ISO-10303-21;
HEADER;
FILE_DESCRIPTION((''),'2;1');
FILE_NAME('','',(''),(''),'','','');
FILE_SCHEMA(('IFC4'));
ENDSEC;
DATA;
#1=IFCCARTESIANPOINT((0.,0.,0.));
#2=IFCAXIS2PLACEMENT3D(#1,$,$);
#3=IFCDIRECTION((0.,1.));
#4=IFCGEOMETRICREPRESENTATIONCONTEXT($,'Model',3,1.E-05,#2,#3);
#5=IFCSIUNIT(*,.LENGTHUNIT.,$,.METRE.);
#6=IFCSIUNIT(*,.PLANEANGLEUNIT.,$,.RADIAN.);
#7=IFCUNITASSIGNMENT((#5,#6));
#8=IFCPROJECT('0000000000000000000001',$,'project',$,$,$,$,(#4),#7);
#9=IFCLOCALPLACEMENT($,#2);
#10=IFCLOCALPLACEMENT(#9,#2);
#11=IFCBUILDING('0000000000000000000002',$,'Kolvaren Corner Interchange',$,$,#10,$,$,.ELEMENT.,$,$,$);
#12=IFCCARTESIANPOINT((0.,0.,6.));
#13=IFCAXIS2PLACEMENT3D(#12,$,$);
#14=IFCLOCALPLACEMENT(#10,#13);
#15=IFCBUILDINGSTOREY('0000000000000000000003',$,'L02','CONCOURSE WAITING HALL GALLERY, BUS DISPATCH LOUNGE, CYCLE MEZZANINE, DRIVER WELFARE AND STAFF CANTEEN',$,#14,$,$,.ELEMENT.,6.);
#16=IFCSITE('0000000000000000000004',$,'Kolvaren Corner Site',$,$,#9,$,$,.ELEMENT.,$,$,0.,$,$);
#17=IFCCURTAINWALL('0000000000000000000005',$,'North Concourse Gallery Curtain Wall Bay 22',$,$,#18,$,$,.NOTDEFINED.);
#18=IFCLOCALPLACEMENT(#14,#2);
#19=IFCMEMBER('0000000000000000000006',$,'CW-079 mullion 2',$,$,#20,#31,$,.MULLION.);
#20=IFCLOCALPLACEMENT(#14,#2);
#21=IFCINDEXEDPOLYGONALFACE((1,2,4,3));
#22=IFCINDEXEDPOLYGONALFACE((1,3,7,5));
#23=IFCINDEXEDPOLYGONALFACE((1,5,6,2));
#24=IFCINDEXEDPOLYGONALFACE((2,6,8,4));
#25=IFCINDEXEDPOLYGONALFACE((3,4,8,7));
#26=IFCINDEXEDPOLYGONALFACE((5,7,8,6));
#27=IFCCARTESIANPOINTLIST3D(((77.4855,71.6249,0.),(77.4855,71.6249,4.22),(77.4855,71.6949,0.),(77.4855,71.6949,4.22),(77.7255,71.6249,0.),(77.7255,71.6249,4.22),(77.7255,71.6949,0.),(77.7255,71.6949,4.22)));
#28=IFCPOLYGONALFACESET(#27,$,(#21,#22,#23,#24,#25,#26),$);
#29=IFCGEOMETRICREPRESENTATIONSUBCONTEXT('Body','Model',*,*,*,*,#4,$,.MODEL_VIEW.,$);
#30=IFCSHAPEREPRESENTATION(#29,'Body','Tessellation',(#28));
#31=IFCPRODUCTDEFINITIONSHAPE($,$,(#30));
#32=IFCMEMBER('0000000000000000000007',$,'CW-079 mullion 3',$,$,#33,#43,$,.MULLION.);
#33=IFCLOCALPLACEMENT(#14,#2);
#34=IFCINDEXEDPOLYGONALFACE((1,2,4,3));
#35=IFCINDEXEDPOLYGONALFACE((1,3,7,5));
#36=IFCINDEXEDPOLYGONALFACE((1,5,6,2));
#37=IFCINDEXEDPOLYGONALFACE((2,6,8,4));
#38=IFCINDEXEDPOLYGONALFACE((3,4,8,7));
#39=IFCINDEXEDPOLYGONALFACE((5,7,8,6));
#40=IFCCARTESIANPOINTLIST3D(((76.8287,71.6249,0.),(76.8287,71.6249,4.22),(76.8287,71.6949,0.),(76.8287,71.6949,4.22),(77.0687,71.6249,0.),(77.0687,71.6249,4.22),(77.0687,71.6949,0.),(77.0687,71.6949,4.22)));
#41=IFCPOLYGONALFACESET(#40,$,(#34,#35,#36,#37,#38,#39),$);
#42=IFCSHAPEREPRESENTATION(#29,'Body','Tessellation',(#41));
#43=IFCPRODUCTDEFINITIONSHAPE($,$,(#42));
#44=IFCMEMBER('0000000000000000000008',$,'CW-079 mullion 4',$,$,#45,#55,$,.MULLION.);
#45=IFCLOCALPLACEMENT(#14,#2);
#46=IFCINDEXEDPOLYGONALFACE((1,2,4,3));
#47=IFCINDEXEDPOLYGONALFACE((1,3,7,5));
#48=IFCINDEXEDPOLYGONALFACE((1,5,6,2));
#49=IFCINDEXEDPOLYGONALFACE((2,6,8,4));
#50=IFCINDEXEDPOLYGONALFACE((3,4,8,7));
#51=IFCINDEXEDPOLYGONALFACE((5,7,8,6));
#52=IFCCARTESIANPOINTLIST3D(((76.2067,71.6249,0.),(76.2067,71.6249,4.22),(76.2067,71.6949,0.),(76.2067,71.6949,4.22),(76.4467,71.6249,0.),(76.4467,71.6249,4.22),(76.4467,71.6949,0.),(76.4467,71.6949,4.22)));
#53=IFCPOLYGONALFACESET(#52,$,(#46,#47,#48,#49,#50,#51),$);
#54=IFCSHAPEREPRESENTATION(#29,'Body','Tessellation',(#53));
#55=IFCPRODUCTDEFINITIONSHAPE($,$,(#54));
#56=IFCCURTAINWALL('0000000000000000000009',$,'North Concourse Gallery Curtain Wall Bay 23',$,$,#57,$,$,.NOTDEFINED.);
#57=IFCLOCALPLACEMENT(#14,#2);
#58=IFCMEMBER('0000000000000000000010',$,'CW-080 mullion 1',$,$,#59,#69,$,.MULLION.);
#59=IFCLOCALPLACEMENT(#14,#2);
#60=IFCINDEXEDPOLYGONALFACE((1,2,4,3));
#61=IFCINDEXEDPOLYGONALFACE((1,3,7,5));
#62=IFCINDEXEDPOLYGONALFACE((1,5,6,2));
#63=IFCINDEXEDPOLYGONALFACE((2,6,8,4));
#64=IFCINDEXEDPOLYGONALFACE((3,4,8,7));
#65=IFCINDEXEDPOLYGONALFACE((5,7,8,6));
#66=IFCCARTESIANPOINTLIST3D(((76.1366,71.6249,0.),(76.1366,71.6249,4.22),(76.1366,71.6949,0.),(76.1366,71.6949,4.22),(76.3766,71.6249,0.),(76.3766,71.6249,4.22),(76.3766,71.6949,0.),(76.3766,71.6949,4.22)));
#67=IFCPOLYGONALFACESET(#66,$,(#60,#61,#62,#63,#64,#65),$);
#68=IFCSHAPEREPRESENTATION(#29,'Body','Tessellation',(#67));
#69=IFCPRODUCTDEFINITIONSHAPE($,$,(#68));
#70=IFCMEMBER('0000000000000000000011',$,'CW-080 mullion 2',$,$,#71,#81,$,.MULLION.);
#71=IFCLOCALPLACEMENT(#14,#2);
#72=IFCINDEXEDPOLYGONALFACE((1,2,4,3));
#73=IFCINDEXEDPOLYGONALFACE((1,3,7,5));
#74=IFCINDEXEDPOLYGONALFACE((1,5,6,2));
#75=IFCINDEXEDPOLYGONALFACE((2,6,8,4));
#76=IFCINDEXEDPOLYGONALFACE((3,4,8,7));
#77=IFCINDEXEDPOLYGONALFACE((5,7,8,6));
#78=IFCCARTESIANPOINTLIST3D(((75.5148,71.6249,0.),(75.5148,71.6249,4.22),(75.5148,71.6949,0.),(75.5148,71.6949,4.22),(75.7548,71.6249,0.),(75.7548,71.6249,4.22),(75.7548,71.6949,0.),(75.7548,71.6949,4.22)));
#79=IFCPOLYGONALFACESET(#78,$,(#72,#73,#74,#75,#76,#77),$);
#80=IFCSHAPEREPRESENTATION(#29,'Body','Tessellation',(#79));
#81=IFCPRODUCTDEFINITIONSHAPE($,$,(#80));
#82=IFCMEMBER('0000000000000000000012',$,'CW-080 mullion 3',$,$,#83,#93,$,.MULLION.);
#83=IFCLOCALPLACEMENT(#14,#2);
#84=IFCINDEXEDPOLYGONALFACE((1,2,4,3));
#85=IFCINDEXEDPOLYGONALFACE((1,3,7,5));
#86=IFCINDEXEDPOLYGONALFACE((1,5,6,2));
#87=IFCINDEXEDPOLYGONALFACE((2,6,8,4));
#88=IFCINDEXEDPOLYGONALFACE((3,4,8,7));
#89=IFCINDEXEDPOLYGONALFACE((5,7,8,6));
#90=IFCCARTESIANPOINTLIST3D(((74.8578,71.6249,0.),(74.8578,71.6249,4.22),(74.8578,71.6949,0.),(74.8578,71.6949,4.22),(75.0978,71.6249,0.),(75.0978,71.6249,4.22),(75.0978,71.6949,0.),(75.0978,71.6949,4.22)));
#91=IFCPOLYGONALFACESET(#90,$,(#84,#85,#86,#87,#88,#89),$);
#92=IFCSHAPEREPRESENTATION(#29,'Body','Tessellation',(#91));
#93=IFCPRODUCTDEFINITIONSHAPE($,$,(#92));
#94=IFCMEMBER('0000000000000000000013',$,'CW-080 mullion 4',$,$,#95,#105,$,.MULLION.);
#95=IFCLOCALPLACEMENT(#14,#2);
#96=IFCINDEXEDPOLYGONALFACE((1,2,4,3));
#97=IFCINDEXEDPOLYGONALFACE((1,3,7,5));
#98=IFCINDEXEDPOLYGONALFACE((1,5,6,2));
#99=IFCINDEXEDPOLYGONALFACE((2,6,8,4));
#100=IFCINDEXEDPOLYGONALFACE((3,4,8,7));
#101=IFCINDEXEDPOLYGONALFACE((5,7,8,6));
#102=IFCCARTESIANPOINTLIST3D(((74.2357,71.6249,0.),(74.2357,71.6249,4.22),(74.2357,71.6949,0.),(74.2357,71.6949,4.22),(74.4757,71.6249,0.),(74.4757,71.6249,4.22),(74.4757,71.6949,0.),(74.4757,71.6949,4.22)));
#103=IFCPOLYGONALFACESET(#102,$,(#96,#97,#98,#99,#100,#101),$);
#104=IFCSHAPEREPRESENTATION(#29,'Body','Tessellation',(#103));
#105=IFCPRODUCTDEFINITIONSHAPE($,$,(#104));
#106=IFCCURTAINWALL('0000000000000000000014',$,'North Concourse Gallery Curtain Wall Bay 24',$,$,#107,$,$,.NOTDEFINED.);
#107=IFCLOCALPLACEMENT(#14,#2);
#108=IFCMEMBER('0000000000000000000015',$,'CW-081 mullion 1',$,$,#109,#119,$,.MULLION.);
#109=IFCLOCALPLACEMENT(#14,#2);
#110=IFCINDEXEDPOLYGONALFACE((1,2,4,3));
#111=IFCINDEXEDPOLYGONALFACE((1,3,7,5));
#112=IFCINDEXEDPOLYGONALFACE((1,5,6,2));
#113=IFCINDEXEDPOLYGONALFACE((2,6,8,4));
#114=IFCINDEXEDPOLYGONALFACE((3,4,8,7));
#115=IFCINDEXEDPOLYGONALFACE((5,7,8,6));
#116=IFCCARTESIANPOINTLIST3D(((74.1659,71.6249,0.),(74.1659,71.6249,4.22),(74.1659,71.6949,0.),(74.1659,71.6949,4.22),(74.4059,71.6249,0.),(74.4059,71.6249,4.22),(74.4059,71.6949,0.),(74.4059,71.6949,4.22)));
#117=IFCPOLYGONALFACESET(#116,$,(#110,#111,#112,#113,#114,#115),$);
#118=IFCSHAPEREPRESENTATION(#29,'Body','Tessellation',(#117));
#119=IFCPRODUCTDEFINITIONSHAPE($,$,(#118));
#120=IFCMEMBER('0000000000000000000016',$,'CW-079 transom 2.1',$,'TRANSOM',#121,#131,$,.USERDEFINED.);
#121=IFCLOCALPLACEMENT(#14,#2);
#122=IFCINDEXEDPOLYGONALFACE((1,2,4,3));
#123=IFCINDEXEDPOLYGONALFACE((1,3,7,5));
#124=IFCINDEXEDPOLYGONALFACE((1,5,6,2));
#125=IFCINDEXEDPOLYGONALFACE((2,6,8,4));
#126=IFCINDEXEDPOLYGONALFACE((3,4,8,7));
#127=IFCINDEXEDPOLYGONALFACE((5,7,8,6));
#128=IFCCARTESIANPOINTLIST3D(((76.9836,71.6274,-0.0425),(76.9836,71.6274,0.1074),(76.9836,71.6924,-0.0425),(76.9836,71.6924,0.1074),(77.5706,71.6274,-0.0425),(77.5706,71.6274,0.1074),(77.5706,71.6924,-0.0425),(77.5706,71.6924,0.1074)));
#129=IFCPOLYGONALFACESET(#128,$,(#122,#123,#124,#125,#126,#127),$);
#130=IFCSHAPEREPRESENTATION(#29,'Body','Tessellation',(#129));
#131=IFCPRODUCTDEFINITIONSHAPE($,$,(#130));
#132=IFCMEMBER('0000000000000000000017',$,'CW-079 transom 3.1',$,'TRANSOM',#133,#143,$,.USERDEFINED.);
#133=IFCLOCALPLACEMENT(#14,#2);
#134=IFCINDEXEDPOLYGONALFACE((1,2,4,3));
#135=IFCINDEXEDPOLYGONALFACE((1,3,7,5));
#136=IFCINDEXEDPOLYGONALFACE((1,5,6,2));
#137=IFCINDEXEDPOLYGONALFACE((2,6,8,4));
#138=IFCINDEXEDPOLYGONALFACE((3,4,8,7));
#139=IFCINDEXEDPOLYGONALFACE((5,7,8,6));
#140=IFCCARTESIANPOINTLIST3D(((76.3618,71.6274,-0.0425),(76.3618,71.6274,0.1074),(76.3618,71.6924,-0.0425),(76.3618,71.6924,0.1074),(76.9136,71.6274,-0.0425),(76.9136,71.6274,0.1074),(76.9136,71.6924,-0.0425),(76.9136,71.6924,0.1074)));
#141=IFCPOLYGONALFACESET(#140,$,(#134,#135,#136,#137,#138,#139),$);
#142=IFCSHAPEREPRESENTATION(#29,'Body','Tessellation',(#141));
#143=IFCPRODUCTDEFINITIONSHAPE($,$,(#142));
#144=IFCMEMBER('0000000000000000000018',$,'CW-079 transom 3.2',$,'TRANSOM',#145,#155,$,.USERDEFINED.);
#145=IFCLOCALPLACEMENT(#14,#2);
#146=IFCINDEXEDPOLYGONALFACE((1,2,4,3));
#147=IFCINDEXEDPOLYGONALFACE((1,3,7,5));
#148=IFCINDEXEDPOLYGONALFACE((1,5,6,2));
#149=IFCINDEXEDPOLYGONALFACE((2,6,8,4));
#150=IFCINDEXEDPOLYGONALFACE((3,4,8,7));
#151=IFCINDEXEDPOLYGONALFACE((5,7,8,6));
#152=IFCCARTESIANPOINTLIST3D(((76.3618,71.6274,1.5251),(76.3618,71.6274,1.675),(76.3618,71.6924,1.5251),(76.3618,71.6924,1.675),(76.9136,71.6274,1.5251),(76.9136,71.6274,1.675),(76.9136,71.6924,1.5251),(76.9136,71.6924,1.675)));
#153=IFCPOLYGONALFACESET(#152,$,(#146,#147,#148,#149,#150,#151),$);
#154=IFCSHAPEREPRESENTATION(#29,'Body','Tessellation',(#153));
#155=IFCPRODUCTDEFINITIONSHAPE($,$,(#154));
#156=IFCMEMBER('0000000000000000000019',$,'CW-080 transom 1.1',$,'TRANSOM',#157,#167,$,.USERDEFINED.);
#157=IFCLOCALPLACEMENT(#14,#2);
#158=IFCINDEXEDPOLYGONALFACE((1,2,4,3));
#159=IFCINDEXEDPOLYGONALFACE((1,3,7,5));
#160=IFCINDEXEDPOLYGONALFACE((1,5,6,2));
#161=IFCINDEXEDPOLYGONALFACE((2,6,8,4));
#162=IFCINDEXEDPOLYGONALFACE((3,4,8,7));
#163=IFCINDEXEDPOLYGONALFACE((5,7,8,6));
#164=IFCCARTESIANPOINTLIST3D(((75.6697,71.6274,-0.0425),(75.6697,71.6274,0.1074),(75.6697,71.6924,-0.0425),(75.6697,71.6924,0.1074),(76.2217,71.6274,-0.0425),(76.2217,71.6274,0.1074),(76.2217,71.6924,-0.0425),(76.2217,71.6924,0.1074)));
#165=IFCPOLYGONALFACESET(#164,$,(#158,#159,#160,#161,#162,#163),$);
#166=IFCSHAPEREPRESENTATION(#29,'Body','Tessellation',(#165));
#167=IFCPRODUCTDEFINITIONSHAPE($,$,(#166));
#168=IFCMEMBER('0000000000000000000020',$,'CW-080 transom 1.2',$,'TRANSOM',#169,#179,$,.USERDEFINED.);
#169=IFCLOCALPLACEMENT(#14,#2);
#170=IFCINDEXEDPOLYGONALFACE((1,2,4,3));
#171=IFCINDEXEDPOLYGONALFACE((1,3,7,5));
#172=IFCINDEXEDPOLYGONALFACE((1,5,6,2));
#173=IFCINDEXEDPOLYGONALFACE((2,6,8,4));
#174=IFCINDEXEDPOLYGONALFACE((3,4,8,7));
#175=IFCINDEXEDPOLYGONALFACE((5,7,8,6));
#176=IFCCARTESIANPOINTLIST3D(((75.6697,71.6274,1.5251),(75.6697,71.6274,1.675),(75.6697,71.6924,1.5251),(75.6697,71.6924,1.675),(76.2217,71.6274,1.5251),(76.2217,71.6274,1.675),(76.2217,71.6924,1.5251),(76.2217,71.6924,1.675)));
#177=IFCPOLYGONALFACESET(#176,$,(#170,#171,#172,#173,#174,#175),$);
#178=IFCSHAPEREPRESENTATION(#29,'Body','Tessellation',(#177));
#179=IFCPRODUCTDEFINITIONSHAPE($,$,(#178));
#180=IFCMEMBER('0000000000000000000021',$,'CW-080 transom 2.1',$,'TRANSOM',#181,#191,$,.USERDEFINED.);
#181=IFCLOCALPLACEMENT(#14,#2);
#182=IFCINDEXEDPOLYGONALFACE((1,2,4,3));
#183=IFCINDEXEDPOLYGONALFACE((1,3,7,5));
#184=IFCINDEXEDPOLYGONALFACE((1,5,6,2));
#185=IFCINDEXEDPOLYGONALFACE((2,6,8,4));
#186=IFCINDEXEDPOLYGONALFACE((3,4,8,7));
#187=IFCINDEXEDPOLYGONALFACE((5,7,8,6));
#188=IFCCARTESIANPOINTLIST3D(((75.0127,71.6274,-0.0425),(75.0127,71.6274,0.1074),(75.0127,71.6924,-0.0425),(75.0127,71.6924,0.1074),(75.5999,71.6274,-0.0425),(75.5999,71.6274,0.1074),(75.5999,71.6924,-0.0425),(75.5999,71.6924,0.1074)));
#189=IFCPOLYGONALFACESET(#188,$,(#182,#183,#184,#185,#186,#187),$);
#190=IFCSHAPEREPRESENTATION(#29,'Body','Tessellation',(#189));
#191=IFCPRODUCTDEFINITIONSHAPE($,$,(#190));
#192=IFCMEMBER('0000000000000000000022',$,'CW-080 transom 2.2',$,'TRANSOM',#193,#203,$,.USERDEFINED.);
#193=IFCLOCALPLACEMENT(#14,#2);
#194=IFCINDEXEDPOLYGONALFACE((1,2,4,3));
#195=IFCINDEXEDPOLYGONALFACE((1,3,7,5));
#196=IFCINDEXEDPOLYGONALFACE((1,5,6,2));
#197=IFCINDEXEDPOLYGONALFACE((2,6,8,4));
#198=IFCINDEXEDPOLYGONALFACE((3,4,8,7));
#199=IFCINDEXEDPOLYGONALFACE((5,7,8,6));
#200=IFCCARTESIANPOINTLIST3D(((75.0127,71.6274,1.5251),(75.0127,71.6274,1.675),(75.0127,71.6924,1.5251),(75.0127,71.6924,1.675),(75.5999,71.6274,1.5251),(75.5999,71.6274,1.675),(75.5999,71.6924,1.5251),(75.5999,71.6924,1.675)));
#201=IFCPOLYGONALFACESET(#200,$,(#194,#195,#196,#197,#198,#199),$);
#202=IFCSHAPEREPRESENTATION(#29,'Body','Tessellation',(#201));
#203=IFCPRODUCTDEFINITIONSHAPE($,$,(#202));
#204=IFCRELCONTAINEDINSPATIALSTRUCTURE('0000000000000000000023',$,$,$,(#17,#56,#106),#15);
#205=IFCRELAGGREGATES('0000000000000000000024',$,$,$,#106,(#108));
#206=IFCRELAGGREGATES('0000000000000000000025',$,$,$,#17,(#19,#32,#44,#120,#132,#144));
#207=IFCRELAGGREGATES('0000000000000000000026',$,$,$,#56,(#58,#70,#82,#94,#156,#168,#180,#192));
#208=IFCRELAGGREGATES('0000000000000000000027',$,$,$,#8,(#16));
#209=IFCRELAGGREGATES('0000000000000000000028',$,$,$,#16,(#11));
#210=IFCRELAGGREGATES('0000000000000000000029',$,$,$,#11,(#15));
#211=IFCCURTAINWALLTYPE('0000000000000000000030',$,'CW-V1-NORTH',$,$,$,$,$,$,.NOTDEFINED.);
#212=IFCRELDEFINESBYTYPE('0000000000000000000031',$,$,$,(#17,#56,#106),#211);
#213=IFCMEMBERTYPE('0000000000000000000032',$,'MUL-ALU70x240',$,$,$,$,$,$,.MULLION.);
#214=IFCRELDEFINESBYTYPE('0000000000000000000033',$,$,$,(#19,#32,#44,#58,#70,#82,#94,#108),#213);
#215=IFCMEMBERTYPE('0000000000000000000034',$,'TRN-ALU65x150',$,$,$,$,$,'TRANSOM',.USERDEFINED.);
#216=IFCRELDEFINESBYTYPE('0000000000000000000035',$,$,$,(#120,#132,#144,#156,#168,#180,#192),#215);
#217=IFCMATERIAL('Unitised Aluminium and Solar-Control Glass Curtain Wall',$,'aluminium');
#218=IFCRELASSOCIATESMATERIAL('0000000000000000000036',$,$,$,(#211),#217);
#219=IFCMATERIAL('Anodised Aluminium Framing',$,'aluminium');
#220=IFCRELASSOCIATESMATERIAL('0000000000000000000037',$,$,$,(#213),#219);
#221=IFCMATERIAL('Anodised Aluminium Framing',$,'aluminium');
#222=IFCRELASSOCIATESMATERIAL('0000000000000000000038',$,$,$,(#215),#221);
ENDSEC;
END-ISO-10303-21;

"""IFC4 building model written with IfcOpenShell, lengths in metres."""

from ifc_helpers import new_model, si_unit, direction, frame, origin, origin_2d, place, context, subcontext, project, spatial, rectangle, extrude, material, material_profile, profile_set, type_object, element, aggregate, save


model = new_model("IFC4")

# Units and contexts
model_context = context("Model", 3, precision=1e-05, world=origin(), true_north=direction((0.0, 1.0)))
body_context = subcontext(model_context, "Body", "Model", "MODEL_VIEW")
ifc_project = project(units=[si_unit("LENGTHUNIT", "METRE"), si_unit("PLANEANGLEUNIT", "RADIAN")], contexts=[model_context])

# Site, building, storey
site_placement = place(None, origin())
site = spatial("IfcSite", under=ifc_project, at=site_placement, Name="Kolvaren Corner Site", CompositionType="ELEMENT", RefElevation=0.0)
building_placement = place(site_placement, origin())
building = spatial("IfcBuilding", under=site, at=building_placement, Name="Kolvaren Corner Interchange", CompositionType="ELEMENT")
storey_placement = place(building_placement, frame((0.0, 0.0, 6.0)))
storey = spatial("IfcBuildingStorey", under=building, at=storey_placement, Name="L02", Description="CONCOURSE WAITING HALL GALLERY, BUS DISPATCH LOUNGE, CYCLE MEZZANINE, DRIVER WELFARE AND STAFF CANTEEN", CompositionType="ELEMENT", Elevation=6.0)

# Curtain walls, members
ifc_material_1 = material(Name="Unitised Aluminium and Solar-Control Glass Curtain Wall", Category="aluminium")
curtain_wall_type = type_object("IfcCurtainWallType", Name="CW-V1-NORTH", PredefinedType="NOTDEFINED", material=ifc_material_1)
curtain_wall_1_placement = place(storey_placement, origin())
curtain_wall_1 = element("IfcCurtainWall", 1, at=curtain_wall_1_placement, inside=storey, type_object=curtain_wall_type, Name="North Concourse Gallery Curtain Wall Bay 22", PredefinedType="NOTDEFINED")
ifc_material_2 = material(Name="Anodised Aluminium Framing", Category="aluminium")
ifc_material_profile_1 = material_profile(ifc_material_2, rectangle(XDim=0.0701, YDim=0.24, at=origin_2d()), Name="ALU 70x240")
ifc_profile_set_1 = profile_set([ifc_material_profile_1], Name="Anodised Aluminium Framing")
member_type_1 = type_object("IfcMemberType", Name="MUL-ALU70x240", PredefinedType="MULLION", material=ifc_profile_set_1)
member_1_placement = place(storey_placement, frame((77.6055, 71.6599, 0.0), z_axis=(0.0, 0.0, 1.0), x_axis=(0.0, -1.0, 0.0)))
member_1 = element("IfcMember", 2, at=member_1_placement, type_object=member_type_1, Name="CW-079 mullion 2", PredefinedType="MULLION", context=body_context, shape_type="SweptSolid", body=[
    extrude(rectangle(XDim=0.0701, YDim=0.24, at=origin_2d()), origin(), (0.0, 0.0, 1.0), 4.22),
])
member_2_placement = place(storey_placement, frame((76.9487, 71.6599, 0.0), z_axis=(0.0, 0.0, 1.0), x_axis=(0.0, -1.0, 0.0)))
member_2 = element("IfcMember", 3, at=member_2_placement, type_object=member_type_1, Name="CW-079 mullion 3", PredefinedType="MULLION", context=body_context, shape_type="SweptSolid", body=[
    extrude(rectangle(XDim=0.0701, YDim=0.24, at=origin_2d()), origin(), (0.0, 0.0, 1.0), 4.22),
])
member_3_placement = place(storey_placement, frame((76.3267, 71.6599, 0.0), z_axis=(0.0, 0.0, 1.0), x_axis=(0.0, -1.0, 0.0)))
member_3 = element("IfcMember", 4, at=member_3_placement, type_object=member_type_1, Name="CW-079 mullion 4", PredefinedType="MULLION", context=body_context, shape_type="SweptSolid", body=[
    extrude(rectangle(XDim=0.0701, YDim=0.24, at=origin_2d()), origin(), (0.0, 0.0, 1.0), 4.22),
])
curtain_wall_2_placement = place(storey_placement, origin())
curtain_wall_2 = element("IfcCurtainWall", 5, at=curtain_wall_2_placement, inside=storey, type_object=curtain_wall_type, Name="North Concourse Gallery Curtain Wall Bay 23", PredefinedType="NOTDEFINED")
member_4_placement = place(storey_placement, frame((76.2566, 71.6599, 0.0), z_axis=(0.0, 0.0, 1.0), x_axis=(0.0, -1.0, 0.0)))
member_4 = element("IfcMember", 6, at=member_4_placement, type_object=member_type_1, Name="CW-080 mullion 1", PredefinedType="MULLION", context=body_context, shape_type="SweptSolid", body=[
    extrude(rectangle(XDim=0.0701, YDim=0.24, at=origin_2d()), origin(), (0.0, 0.0, 1.0), 4.22),
])
member_5_placement = place(storey_placement, frame((75.6348, 71.6599, 0.0), z_axis=(0.0, 0.0, 1.0), x_axis=(0.0, -1.0, 0.0)))
member_5 = element("IfcMember", 7, at=member_5_placement, type_object=member_type_1, Name="CW-080 mullion 2", PredefinedType="MULLION", context=body_context, shape_type="SweptSolid", body=[
    extrude(rectangle(XDim=0.0701, YDim=0.24, at=origin_2d()), origin(), (0.0, 0.0, 1.0), 4.22),
])
member_6_placement = place(storey_placement, frame((74.9778, 71.6599, 0.0), z_axis=(0.0, 0.0, 1.0), x_axis=(0.0, -1.0, 0.0)))
member_6 = element("IfcMember", 8, at=member_6_placement, type_object=member_type_1, Name="CW-080 mullion 3", PredefinedType="MULLION", context=body_context, shape_type="SweptSolid", body=[
    extrude(rectangle(XDim=0.0701, YDim=0.24, at=origin_2d()), origin(), (0.0, 0.0, 1.0), 4.22),
])
member_7_placement = place(storey_placement, frame((74.3557, 71.6599, 0.0), z_axis=(0.0, 0.0, 1.0), x_axis=(0.0, -1.0, 0.0)))
member_7 = element("IfcMember", 9, at=member_7_placement, type_object=member_type_1, Name="CW-080 mullion 4", PredefinedType="MULLION", context=body_context, shape_type="SweptSolid", body=[
    extrude(rectangle(XDim=0.0701, YDim=0.24, at=origin_2d()), origin(), (0.0, 0.0, 1.0), 4.22),
])

# Curtain wall, member
curtain_wall_3_placement = place(storey_placement, origin())
curtain_wall_3 = element("IfcCurtainWall", 10, at=curtain_wall_3_placement, inside=storey, type_object=curtain_wall_type, Name="North Concourse Gallery Curtain Wall Bay 24", PredefinedType="NOTDEFINED")
member_8_placement = place(storey_placement, frame((74.2859, 71.6599, 0.0), z_axis=(0.0, 0.0, 1.0), x_axis=(0.0, -1.0, 0.0)))
member_8 = element("IfcMember", 11, at=member_8_placement, type_object=member_type_1, Name="CW-081 mullion 1", PredefinedType="MULLION", context=body_context, shape_type="SweptSolid", body=[
    extrude(rectangle(XDim=0.0701, YDim=0.24, at=origin_2d()), origin(), (0.0, 0.0, 1.0), 4.22),
])
aggregate(curtain_wall_3, [member_8])

# Members
ifc_material_3 = material(Name="Anodised Aluminium Framing", Category="aluminium")
ifc_material_profile_2 = material_profile(ifc_material_3, rectangle(XDim=0.0649, YDim=0.1499, at=origin_2d()), Name="ALU 65x150")
ifc_profile_set_2 = profile_set([ifc_material_profile_2], Name="Anodised Aluminium Framing")
member_type_2 = type_object("IfcMemberType", Name="TRN-ALU65x150", ElementType="TRANSOM", PredefinedType="USERDEFINED", material=ifc_profile_set_2)
member_9_placement = place(storey_placement, frame((77.5706, 71.6599, 0.0325), z_axis=(-1.0, 0.0, 0.0), x_axis=(0.0, -1.0, 0.0)))
member_9 = element("IfcMember", 12, at=member_9_placement, type_object=member_type_2, Name="CW-079 transom 2.1", ObjectType="TRANSOM", PredefinedType="USERDEFINED", context=body_context, shape_type="SweptSolid", body=[
    extrude(rectangle(XDim=0.0649, YDim=0.1499, at=origin_2d()), origin(), (0.0, 0.0, 1.0), 0.5869),
])
member_10_placement = place(storey_placement, frame((76.9136, 71.6599, 0.0325), z_axis=(-1.0, 0.0, 0.0), x_axis=(0.0, -1.0, 0.0)))
member_10 = element("IfcMember", 13, at=member_10_placement, type_object=member_type_2, Name="CW-079 transom 3.1", ObjectType="TRANSOM", PredefinedType="USERDEFINED", context=body_context, shape_type="SweptSolid", body=[
    extrude(rectangle(XDim=0.0649, YDim=0.1499, at=origin_2d()), origin(), (0.0, 0.0, 1.0), 0.5518),
])
member_11_placement = place(storey_placement, frame((76.9136, 71.6599, 1.6001), z_axis=(-1.0, 0.0, 0.0), x_axis=(0.0, -1.0, 0.0)))
member_11 = element("IfcMember", 14, at=member_11_placement, type_object=member_type_2, Name="CW-079 transom 3.2", ObjectType="TRANSOM", PredefinedType="USERDEFINED", context=body_context, shape_type="SweptSolid", body=[
    extrude(rectangle(XDim=0.0649, YDim=0.1499, at=origin_2d()), origin(), (0.0, 0.0, 1.0), 0.5518),
])
member_12_placement = place(storey_placement, frame((76.2217, 71.6599, 0.0325), z_axis=(-1.0, 0.0, 0.0), x_axis=(0.0, -1.0, 0.0)))
member_12 = element("IfcMember", 15, at=member_12_placement, type_object=member_type_2, Name="CW-080 transom 1.1", ObjectType="TRANSOM", PredefinedType="USERDEFINED", context=body_context, shape_type="SweptSolid", body=[
    extrude(rectangle(XDim=0.0649, YDim=0.1499, at=origin_2d()), origin(), (0.0, 0.0, 1.0), 0.552),
])
member_13_placement = place(storey_placement, frame((76.2217, 71.6599, 1.6001), z_axis=(-1.0, 0.0, 0.0), x_axis=(0.0, -1.0, 0.0)))
member_13 = element("IfcMember", 16, at=member_13_placement, type_object=member_type_2, Name="CW-080 transom 1.2", ObjectType="TRANSOM", PredefinedType="USERDEFINED", context=body_context, shape_type="SweptSolid", body=[
    extrude(rectangle(XDim=0.0649, YDim=0.1499, at=origin_2d()), origin(), (0.0, 0.0, 1.0), 0.552),
])
member_14_placement = place(storey_placement, frame((75.5999, 71.6599, 0.0325), z_axis=(-1.0, 0.0, 0.0), x_axis=(0.0, -1.0, 0.0)))
member_14 = element("IfcMember", 17, at=member_14_placement, type_object=member_type_2, Name="CW-080 transom 2.1", ObjectType="TRANSOM", PredefinedType="USERDEFINED", context=body_context, shape_type="SweptSolid", body=[
    extrude(rectangle(XDim=0.0649, YDim=0.1499, at=origin_2d()), origin(), (0.0, 0.0, 1.0), 0.5872),
])
member_15_placement = place(storey_placement, frame((75.5999, 71.6599, 1.6001), z_axis=(-1.0, 0.0, 0.0), x_axis=(0.0, -1.0, 0.0)))
member_15 = element("IfcMember", 18, at=member_15_placement, type_object=member_type_2, Name="CW-080 transom 2.2", ObjectType="TRANSOM", PredefinedType="USERDEFINED", context=body_context, shape_type="SweptSolid", body=[
    extrude(rectangle(XDim=0.0649, YDim=0.1499, at=origin_2d()), origin(), (0.0, 0.0, 1.0), 0.5872),
])

aggregate(curtain_wall_1, [member_1, member_2, member_3, member_9, member_10, member_11])
aggregate(curtain_wall_2, [member_4, member_5, member_6, member_7, member_12, member_13, member_14, member_15])

save(model, "model.ifc")
